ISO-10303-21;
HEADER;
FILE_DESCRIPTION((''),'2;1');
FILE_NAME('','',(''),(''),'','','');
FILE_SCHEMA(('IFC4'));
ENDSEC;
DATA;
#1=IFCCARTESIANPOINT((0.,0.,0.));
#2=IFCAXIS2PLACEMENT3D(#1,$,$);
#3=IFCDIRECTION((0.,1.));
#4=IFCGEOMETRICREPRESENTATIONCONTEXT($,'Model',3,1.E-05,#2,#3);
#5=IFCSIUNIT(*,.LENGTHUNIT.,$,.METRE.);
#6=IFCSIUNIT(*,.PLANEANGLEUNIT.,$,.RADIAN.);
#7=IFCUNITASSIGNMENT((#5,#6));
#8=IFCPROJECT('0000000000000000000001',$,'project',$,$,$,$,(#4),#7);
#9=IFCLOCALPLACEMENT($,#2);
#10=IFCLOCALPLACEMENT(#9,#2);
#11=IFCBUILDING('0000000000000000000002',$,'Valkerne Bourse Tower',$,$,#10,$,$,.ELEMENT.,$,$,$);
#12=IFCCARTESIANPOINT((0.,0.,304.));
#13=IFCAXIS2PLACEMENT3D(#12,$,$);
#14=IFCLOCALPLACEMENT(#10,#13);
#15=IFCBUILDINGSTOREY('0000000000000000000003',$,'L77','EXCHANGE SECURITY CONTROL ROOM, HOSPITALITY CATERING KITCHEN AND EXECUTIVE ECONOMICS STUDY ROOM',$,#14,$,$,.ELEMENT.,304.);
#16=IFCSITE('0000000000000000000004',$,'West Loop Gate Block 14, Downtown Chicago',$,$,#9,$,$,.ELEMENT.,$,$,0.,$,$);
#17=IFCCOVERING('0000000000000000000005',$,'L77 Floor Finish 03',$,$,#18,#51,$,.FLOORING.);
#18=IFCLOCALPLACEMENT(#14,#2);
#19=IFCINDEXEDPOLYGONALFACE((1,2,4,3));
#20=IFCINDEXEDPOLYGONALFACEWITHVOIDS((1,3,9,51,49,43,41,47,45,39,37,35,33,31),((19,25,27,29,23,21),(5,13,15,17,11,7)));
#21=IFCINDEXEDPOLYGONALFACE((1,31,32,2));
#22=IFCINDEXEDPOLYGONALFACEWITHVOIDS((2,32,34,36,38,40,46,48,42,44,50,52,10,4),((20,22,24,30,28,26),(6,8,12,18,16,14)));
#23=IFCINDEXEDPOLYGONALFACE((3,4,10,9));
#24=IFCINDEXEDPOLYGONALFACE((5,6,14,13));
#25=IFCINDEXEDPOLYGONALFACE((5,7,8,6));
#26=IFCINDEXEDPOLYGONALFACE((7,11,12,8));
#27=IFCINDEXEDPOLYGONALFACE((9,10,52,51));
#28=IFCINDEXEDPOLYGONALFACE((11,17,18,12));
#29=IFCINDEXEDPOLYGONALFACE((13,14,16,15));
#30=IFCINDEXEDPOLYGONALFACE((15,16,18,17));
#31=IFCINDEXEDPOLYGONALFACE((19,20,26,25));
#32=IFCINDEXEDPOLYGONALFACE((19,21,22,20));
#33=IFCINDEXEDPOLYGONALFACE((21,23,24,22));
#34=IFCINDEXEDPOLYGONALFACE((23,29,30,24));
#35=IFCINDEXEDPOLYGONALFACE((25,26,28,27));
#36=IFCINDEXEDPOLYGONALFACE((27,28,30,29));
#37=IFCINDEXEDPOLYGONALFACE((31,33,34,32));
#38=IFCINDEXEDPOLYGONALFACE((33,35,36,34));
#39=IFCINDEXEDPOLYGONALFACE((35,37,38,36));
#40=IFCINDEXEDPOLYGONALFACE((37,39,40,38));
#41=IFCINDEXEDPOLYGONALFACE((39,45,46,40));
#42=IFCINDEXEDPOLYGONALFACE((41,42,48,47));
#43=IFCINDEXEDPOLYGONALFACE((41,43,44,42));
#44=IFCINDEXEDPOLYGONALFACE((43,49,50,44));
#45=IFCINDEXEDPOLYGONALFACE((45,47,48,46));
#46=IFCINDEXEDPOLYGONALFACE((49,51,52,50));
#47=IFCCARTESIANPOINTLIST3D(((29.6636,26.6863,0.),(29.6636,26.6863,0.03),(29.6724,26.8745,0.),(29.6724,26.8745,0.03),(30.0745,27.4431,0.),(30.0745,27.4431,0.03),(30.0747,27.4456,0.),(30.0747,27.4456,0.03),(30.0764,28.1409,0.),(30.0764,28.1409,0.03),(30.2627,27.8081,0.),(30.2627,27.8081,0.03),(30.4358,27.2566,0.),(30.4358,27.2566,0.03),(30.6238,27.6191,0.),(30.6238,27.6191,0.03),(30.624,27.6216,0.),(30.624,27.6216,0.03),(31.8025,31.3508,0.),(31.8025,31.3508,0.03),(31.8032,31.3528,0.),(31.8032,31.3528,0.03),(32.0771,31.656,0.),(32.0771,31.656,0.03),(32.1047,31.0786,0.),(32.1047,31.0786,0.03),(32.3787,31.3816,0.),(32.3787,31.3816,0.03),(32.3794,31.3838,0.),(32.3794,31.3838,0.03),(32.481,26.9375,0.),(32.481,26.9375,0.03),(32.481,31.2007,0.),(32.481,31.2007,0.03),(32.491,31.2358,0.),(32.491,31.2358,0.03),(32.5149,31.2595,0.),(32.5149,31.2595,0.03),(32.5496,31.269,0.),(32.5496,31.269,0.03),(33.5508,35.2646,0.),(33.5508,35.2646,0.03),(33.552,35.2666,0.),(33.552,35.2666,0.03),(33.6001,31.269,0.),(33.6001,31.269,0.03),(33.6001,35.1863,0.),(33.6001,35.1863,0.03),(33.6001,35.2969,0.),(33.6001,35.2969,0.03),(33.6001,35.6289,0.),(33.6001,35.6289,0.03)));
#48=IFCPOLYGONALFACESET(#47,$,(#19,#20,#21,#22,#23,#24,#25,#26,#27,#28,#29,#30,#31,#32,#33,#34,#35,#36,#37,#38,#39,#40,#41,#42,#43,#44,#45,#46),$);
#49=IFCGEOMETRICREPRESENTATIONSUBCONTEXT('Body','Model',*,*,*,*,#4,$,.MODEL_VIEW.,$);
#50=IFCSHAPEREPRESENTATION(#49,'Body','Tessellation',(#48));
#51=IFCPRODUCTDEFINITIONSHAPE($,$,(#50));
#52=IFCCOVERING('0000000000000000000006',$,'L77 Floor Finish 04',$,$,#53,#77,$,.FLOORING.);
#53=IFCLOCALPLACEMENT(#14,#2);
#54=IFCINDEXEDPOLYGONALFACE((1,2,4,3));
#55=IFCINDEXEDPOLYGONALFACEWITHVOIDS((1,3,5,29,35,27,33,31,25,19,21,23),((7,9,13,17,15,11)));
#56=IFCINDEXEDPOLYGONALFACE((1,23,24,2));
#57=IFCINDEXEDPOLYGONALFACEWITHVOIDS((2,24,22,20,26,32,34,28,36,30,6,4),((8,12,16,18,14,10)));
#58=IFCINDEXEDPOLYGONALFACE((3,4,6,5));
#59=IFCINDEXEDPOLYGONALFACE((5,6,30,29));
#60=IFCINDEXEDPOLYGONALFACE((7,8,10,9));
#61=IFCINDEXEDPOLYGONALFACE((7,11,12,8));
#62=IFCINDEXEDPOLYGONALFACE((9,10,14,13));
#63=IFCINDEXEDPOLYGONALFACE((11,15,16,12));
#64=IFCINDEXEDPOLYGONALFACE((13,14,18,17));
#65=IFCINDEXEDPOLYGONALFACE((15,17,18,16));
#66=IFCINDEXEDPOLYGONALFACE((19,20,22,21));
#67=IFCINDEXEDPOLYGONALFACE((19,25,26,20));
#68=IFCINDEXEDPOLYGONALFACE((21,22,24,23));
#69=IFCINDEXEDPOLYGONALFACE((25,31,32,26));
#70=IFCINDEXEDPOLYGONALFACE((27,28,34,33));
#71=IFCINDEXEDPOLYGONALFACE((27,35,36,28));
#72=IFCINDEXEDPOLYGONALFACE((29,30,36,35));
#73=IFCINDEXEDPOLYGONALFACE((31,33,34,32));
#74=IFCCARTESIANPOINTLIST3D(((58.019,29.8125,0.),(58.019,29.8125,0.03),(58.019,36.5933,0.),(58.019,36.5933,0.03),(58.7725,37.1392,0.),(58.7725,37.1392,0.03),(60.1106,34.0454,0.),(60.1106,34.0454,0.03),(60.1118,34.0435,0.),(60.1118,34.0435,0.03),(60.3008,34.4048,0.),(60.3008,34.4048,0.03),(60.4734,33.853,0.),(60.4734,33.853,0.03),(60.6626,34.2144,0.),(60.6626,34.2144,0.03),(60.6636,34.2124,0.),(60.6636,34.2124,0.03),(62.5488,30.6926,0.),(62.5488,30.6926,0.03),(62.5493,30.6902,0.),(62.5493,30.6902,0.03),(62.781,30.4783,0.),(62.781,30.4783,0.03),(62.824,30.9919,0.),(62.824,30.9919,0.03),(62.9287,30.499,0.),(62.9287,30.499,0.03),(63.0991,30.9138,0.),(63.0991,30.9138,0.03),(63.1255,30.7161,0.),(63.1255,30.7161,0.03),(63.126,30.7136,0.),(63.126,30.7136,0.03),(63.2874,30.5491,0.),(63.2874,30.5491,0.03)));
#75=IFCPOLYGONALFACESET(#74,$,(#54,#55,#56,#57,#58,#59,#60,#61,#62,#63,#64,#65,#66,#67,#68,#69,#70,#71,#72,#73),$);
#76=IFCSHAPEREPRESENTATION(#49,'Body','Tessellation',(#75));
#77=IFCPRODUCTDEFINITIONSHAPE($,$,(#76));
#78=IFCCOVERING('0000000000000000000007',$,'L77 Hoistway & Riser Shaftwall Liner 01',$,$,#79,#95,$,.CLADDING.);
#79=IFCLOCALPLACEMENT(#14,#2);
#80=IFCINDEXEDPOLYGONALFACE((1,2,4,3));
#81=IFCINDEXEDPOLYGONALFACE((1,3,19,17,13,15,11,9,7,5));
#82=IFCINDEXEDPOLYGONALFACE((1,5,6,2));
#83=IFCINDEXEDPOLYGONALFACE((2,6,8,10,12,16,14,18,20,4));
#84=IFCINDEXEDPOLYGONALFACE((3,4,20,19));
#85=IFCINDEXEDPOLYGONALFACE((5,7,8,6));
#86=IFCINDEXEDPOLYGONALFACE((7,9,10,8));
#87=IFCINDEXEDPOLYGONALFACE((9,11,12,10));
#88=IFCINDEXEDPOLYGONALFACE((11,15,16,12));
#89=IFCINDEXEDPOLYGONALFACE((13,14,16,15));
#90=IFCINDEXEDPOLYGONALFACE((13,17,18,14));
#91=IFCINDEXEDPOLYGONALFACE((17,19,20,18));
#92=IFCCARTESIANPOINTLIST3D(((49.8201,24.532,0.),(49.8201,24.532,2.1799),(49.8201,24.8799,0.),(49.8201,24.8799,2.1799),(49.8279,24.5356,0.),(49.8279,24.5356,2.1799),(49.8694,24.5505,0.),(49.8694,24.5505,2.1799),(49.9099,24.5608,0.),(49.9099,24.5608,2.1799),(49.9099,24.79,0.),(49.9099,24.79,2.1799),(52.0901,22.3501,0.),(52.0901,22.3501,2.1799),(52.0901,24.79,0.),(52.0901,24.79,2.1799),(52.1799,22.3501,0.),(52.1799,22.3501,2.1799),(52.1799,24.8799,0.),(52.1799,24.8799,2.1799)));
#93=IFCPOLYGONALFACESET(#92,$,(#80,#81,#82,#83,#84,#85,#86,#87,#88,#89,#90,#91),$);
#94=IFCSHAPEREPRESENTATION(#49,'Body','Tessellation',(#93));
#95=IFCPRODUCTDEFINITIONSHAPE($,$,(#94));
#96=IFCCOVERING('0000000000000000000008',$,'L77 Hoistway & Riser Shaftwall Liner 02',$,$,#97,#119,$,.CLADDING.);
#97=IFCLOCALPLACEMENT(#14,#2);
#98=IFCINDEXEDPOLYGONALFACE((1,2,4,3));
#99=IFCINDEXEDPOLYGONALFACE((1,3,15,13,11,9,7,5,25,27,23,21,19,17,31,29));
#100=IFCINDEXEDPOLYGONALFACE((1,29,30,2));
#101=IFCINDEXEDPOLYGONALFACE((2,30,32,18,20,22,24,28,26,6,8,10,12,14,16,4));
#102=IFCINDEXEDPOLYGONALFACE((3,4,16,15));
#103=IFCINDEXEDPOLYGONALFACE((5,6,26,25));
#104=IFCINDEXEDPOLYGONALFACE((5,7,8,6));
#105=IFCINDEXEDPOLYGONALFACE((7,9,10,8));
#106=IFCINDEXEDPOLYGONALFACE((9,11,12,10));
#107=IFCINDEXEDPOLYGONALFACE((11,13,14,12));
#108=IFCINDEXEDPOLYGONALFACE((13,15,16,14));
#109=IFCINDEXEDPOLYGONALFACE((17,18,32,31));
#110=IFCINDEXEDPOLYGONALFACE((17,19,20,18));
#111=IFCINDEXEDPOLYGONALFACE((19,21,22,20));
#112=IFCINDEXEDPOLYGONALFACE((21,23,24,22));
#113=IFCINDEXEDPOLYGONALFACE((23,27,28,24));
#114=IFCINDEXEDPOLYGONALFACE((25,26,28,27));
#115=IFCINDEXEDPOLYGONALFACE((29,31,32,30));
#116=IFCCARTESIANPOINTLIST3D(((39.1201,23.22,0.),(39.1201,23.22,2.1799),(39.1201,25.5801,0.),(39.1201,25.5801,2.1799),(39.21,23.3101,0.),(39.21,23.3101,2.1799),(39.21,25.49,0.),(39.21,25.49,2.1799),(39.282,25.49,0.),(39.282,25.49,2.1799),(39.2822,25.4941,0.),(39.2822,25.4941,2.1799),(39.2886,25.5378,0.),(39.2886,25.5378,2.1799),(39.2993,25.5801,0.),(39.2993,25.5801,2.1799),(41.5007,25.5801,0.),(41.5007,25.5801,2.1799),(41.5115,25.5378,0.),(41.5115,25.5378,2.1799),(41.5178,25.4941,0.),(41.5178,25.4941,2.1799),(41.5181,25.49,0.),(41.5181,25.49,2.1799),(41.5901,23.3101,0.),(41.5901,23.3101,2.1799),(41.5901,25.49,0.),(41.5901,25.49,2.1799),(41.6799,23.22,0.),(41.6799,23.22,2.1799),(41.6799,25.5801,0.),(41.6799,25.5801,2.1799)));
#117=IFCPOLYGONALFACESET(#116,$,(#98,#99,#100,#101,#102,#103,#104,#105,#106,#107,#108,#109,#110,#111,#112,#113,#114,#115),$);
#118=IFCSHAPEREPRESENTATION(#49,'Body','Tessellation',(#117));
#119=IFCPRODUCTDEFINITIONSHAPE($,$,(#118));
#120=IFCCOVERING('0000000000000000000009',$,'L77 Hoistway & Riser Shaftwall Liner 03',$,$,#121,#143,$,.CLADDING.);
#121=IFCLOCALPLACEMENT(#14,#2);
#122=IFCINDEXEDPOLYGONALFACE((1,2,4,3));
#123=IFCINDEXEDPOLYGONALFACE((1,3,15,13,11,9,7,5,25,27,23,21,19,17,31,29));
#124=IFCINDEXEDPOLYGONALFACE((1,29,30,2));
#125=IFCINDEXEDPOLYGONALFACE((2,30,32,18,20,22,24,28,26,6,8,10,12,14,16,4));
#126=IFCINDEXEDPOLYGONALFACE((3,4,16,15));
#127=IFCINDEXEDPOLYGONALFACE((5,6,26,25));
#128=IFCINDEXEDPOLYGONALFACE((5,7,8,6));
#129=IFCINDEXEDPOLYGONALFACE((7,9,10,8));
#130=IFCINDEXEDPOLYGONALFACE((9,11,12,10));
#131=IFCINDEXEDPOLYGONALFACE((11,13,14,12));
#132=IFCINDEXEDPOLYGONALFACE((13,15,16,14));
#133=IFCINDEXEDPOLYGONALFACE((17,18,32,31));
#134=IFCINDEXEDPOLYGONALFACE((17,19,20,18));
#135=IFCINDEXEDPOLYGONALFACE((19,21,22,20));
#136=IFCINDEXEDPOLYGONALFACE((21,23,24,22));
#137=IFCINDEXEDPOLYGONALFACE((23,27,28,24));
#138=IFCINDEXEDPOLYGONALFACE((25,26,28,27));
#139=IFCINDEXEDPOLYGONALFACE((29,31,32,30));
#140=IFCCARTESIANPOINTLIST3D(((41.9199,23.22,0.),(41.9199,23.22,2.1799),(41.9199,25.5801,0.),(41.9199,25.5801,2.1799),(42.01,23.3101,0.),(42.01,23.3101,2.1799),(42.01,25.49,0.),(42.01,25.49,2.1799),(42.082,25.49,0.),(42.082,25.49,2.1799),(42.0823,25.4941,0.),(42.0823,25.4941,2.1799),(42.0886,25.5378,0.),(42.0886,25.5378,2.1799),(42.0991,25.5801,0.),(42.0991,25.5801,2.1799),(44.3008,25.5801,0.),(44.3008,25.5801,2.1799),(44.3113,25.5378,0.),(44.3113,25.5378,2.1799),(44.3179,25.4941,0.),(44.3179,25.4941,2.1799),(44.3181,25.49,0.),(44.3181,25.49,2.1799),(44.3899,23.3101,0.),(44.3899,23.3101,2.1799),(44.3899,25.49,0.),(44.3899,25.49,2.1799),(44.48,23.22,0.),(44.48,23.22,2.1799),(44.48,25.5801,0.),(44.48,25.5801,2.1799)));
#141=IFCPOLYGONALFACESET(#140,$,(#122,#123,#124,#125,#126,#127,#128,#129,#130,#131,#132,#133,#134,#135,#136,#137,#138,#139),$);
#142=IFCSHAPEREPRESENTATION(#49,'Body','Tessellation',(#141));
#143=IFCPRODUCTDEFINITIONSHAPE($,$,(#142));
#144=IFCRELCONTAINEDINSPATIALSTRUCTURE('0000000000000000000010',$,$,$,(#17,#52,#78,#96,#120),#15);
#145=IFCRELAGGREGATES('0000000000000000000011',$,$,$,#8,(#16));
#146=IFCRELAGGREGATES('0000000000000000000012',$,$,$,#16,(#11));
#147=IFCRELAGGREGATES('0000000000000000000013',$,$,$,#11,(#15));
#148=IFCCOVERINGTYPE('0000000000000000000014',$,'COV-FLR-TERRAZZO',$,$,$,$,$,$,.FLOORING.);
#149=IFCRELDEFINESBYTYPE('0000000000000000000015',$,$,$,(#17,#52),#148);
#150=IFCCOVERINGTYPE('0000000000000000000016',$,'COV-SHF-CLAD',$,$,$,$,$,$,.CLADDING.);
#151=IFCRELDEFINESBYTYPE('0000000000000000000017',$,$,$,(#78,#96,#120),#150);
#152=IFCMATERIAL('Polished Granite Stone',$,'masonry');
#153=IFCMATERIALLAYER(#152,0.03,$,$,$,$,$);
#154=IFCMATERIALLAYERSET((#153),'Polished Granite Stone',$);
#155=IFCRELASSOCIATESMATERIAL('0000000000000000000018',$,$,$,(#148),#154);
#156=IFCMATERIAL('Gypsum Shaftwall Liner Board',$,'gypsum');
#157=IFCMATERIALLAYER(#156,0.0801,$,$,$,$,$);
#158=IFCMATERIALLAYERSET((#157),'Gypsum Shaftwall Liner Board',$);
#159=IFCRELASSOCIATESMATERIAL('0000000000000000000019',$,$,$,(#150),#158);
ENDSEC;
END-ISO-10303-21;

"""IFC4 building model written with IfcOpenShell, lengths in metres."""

from ifc_helpers import new_model, si_unit, direction, frame, origin, place, context, subcontext, project, spatial, polyline, outline, extrude, material, layer, layer_set, type_object, element, save


model = new_model("IFC4")

# Units and contexts
model_context = context("Model", 3, precision=1e-05, world=origin(), true_north=direction((0.0, 1.0)))
body_context = subcontext(model_context, "Body", "Model", "MODEL_VIEW")
ifc_project = project(units=[si_unit("LENGTHUNIT", "METRE"), si_unit("PLANEANGLEUNIT", "RADIAN")], contexts=[model_context])

# Site, building, storey
site_placement = place(None, origin())
site = spatial("IfcSite", under=ifc_project, at=site_placement, Name="West Loop Gate Block 14, Downtown Chicago", CompositionType="ELEMENT", RefElevation=0.0)
building_placement = place(site_placement, origin())
building = spatial("IfcBuilding", under=site, at=building_placement, Name="Valkerne Bourse Tower", CompositionType="ELEMENT")
storey_placement = place(building_placement, frame((0.0, 0.0, 304.0)))
storey = spatial("IfcBuildingStorey", under=building, at=storey_placement, Name="L77", Description="EXCHANGE SECURITY CONTROL ROOM, HOSPITALITY CATERING KITCHEN AND EXECUTIVE ECONOMICS STUDY ROOM", CompositionType="ELEMENT", Elevation=304.0)

# Coverings
ifc_material_1 = material(Name="Polished Granite Stone", Category="masonry")
ifc_layer_1 = layer(ifc_material_1, 0.03)
ifc_layer_set_1 = layer_set([ifc_layer_1], Name="Polished Granite Stone")
covering_type_1 = type_object("IfcCoveringType", Name="COV-FLR-TERRAZZO", PredefinedType="FLOORING", material=ifc_layer_set_1)
covering_1_placement = place(storey_placement, origin())
element("IfcCovering", 1, at=covering_1_placement, inside=storey, type_object=covering_type_1, Name="L77 Floor Finish 03", PredefinedType="FLOORING", context=body_context, shape_type="SweptSolid", body=[
    extrude(outline(polyline([(33.6001, 35.6289), (33.6001, 35.2969), (33.552, 35.2666), (33.5508, 35.2646), (33.6001, 35.1863), (33.6001, 31.269), (32.5496, 31.269), (32.5149, 31.2595), (32.491, 31.2358), (32.481, 31.2007), (32.481, 26.9375), (29.6636, 26.6863), (29.6724, 26.8745), (30.0764, 28.1409), (33.6001, 35.6289)]), holes=[polyline([(30.624, 27.6216), (30.2627, 27.8081), (30.0747, 27.4456), (30.0745, 27.4431), (30.4358, 27.2566), (30.6238, 27.6191), (30.624, 27.6216)]), polyline([(32.3794, 31.3838), (32.0771, 31.656), (31.8032, 31.3528), (31.8025, 31.3508), (32.1047, 31.0786), (32.3787, 31.3816), (32.3794, 31.3838)])]), origin(), (0.0, 0.0, 1.0), 0.03),
])
covering_2_placement = place(storey_placement, origin())
element("IfcCovering", 2, at=covering_2_placement, inside=storey, type_object=covering_type_1, Name="L77 Floor Finish 04", PredefinedType="FLOORING", context=body_context, shape_type="SweptSolid", body=[
    extrude(outline(polyline([(62.9287, 30.499), (63.126, 30.7136), (63.1255, 30.7161), (62.824, 30.9919), (62.5488, 30.6926), (62.5493, 30.6902), (62.781, 30.4783), (58.019, 29.8125), (58.019, 36.5933), (58.7725, 37.1392), (63.0991, 30.9138), (63.2874, 30.5491), (62.9287, 30.499)]), holes=[polyline([(60.6626, 34.2144), (60.3008, 34.4048), (60.1106, 34.0454), (60.1118, 34.0435), (60.4734, 33.853), (60.6636, 34.2124), (60.6626, 34.2144)])]), origin(), (0.0, 0.0, 1.0), 0.03),
])
ifc_material_2 = material(Name="Gypsum Shaftwall Liner Board", Category="gypsum")
ifc_layer_2 = layer(ifc_material_2, 0.0801)
ifc_layer_set_2 = layer_set([ifc_layer_2], Name="Gypsum Shaftwall Liner Board")
covering_type_2 = type_object("IfcCoveringType", Name="COV-SHF-CLAD", PredefinedType="CLADDING", material=ifc_layer_set_2)
covering_3_placement = place(storey_placement, origin())
element("IfcCovering", 3, at=covering_3_placement, inside=storey, type_object=covering_type_2, Name="L77 Hoistway & Riser Shaftwall Liner 01", PredefinedType="CLADDING", context=body_context, shape_type="SweptSolid", body=[
    extrude(outline(polyline([(52.1799, 24.8799), (52.1799, 22.3501), (52.0901, 22.3501), (52.0901, 24.79), (49.9099, 24.79), (49.9099, 24.5608), (49.8694, 24.5505), (49.8279, 24.5356), (49.8201, 24.532), (49.8201, 24.8799), (52.1799, 24.8799)])), origin(), (0.0, 0.0, 1.0), 2.1799),
])
covering_4_placement = place(storey_placement, origin())
element("IfcCovering", 4, at=covering_4_placement, inside=storey, type_object=covering_type_2, Name="L77 Hoistway & Riser Shaftwall Liner 02", PredefinedType="CLADDING", context=body_context, shape_type="SweptSolid", body=[
    extrude(outline(polyline([(39.2993, 25.5801), (39.2886, 25.5378), (39.2822, 25.4941), (39.282, 25.49), (39.21, 25.49), (39.21, 23.3101), (41.5901, 23.3101), (41.5901, 25.49), (41.5181, 25.49), (41.5178, 25.4941), (41.5115, 25.5378), (41.5007, 25.5801), (41.6799, 25.5801), (41.6799, 23.22), (39.1201, 23.22), (39.1201, 25.5801), (39.2993, 25.5801)])), origin(), (0.0, 0.0, 1.0), 2.1799),
])
covering_5_placement = place(storey_placement, origin())
element("IfcCovering", 5, at=covering_5_placement, inside=storey, type_object=covering_type_2, Name="L77 Hoistway & Riser Shaftwall Liner 03", PredefinedType="CLADDING", context=body_context, shape_type="SweptSolid", body=[
    extrude(outline(polyline([(42.0991, 25.5801), (42.0886, 25.5378), (42.0823, 25.4941), (42.082, 25.49), (42.01, 25.49), (42.01, 23.3101), (44.3899, 23.3101), (44.3899, 25.49), (44.3181, 25.49), (44.3179, 25.4941), (44.3113, 25.5378), (44.3008, 25.5801), (44.48, 25.5801), (44.48, 23.22), (41.9199, 23.22), (41.9199, 25.5801), (42.0991, 25.5801)])), origin(), (0.0, 0.0, 1.0), 2.1799),
])

save(model, "model.ifc")
